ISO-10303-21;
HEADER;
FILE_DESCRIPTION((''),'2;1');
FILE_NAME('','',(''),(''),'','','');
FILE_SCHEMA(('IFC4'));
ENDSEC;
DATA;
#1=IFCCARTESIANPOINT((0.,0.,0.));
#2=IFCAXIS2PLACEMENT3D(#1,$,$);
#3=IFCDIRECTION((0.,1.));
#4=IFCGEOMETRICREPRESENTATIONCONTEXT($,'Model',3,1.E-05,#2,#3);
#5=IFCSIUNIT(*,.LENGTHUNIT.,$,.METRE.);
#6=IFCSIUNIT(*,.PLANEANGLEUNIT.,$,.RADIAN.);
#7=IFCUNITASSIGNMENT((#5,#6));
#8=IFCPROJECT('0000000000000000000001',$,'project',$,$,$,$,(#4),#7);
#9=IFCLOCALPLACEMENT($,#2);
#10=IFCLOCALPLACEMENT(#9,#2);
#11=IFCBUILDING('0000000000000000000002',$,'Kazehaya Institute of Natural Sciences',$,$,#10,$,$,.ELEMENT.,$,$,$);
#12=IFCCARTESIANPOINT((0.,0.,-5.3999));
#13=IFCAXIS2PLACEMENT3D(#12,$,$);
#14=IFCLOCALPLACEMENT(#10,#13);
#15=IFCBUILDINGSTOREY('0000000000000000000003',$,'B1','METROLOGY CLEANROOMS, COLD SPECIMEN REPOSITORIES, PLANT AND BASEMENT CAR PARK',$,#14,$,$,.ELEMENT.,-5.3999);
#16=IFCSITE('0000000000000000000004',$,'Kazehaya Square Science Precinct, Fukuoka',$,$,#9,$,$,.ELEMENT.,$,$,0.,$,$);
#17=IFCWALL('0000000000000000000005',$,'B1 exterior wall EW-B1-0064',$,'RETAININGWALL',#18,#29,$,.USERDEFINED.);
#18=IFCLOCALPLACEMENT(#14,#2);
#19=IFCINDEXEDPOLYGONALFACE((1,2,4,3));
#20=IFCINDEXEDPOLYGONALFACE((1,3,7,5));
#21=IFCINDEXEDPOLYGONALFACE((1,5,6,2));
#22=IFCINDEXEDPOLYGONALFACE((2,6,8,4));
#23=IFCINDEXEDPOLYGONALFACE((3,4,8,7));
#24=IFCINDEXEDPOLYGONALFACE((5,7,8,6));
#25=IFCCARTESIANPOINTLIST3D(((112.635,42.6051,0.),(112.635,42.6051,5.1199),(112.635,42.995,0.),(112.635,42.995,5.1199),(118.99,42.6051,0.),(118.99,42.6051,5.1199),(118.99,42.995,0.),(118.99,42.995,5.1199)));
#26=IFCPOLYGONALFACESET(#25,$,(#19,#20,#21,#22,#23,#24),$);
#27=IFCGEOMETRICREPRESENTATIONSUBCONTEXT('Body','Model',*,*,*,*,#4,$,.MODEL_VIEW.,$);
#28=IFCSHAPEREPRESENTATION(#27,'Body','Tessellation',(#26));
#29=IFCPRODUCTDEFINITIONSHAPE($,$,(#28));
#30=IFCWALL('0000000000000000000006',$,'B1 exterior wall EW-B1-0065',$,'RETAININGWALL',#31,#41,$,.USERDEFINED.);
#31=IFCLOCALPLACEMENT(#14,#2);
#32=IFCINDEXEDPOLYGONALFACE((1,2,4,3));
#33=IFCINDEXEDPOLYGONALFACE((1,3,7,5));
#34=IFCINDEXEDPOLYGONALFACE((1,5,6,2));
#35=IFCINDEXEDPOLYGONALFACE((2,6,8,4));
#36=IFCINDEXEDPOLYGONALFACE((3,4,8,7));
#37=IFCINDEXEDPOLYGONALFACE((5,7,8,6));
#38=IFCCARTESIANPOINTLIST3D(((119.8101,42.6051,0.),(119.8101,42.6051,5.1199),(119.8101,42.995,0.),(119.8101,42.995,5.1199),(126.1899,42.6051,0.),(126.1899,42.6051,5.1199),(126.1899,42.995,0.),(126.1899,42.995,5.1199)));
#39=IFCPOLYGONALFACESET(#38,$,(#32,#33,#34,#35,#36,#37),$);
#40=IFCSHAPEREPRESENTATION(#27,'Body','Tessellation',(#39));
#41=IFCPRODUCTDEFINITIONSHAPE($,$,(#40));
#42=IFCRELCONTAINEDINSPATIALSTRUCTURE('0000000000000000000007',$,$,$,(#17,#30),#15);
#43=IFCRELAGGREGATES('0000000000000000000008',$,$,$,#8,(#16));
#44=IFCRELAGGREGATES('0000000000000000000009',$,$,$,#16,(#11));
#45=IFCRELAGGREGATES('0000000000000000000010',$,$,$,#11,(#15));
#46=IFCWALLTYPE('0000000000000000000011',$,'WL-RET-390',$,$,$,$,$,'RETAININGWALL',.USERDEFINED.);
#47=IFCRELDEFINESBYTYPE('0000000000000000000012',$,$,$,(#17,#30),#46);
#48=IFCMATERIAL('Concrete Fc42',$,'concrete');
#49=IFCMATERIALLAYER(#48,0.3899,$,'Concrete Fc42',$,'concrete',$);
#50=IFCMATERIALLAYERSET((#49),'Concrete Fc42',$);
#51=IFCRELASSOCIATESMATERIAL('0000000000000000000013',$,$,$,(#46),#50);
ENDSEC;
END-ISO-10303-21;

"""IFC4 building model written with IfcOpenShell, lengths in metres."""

from ifc_helpers import new_model, si_unit, direction, frame, frame_2d, origin, place, context, subcontext, project, spatial, rectangle, extrude, material, layer, layer_set, type_object, element, save


model = new_model("IFC4")

# Units and contexts
model_context = context("Model", 3, precision=1e-05, world=origin(), true_north=direction((0.0, 1.0)))
body_context = subcontext(model_context, "Body", "Model", "MODEL_VIEW")
ifc_project = project(units=[si_unit("LENGTHUNIT", "METRE"), si_unit("PLANEANGLEUNIT", "RADIAN")], contexts=[model_context])

# Site, building, storey
site_placement = place(None, origin())
site = spatial("IfcSite", under=ifc_project, at=site_placement, Name="Kazehaya Square Science Precinct, Fukuoka", CompositionType="ELEMENT", RefElevation=0.0)
building_placement = place(site_placement, origin())
building = spatial("IfcBuilding", under=site, at=building_placement, Name="Kazehaya Institute of Natural Sciences", CompositionType="ELEMENT")
storey_placement = place(building_placement, frame((0.0, 0.0, -5.3999)))
storey = spatial("IfcBuildingStorey", under=building, at=storey_placement, Name="B1", Description="METROLOGY CLEANROOMS, COLD SPECIMEN REPOSITORIES, PLANT AND BASEMENT CAR PARK", CompositionType="ELEMENT", Elevation=-5.3999)

# Shared definitions
ifc_material_1 = material(Name="Concrete Fc42", Category="concrete")

# Walls
ifc_layer_1 = layer(ifc_material_1, 0.3899, Name="Concrete Fc42", Category="concrete")
ifc_layer_set_1 = layer_set([ifc_layer_1], Name="Concrete Fc42")
wall_type_1 = type_object("IfcWallType", Name="WL-RET-390", ElementType="RETAININGWALL", PredefinedType="USERDEFINED", material=ifc_layer_set_1)
wall_1_placement = place(storey_placement, frame((112.635, 42.8, 0.0), z_axis=(0.0, 0.0, 1.0), x_axis=(1.0, 0.0, 0.0)))
element("IfcWall", 1, at=wall_1_placement, inside=storey, type_object=wall_type_1, Name="B1 exterior wall EW-B1-0064", ObjectType="RETAININGWALL", PredefinedType="USERDEFINED", context=body_context, shape_type="SweptSolid", body=[
    extrude(rectangle(XDim=6.355, YDim=0.3899, at=frame_2d((3.1775, 0.0))), origin(), (0.0, 0.0, 1.0), 5.1199),
])
wall_2_placement = place(storey_placement, frame((119.8101, 42.8, 0.0), z_axis=(0.0, 0.0, 1.0), x_axis=(1.0, 0.0, 0.0)))
element("IfcWall", 2, at=wall_2_placement, inside=storey, type_object=wall_type_1, Name="B1 exterior wall EW-B1-0065", ObjectType="RETAININGWALL", PredefinedType="USERDEFINED", context=body_context, shape_type="SweptSolid", body=[
    extrude(rectangle(XDim=6.3799, YDim=0.3899, at=frame_2d((3.1899, 0.0))), origin(), (0.0, 0.0, 1.0), 5.1199),
])

save(model, "model.ifc")
